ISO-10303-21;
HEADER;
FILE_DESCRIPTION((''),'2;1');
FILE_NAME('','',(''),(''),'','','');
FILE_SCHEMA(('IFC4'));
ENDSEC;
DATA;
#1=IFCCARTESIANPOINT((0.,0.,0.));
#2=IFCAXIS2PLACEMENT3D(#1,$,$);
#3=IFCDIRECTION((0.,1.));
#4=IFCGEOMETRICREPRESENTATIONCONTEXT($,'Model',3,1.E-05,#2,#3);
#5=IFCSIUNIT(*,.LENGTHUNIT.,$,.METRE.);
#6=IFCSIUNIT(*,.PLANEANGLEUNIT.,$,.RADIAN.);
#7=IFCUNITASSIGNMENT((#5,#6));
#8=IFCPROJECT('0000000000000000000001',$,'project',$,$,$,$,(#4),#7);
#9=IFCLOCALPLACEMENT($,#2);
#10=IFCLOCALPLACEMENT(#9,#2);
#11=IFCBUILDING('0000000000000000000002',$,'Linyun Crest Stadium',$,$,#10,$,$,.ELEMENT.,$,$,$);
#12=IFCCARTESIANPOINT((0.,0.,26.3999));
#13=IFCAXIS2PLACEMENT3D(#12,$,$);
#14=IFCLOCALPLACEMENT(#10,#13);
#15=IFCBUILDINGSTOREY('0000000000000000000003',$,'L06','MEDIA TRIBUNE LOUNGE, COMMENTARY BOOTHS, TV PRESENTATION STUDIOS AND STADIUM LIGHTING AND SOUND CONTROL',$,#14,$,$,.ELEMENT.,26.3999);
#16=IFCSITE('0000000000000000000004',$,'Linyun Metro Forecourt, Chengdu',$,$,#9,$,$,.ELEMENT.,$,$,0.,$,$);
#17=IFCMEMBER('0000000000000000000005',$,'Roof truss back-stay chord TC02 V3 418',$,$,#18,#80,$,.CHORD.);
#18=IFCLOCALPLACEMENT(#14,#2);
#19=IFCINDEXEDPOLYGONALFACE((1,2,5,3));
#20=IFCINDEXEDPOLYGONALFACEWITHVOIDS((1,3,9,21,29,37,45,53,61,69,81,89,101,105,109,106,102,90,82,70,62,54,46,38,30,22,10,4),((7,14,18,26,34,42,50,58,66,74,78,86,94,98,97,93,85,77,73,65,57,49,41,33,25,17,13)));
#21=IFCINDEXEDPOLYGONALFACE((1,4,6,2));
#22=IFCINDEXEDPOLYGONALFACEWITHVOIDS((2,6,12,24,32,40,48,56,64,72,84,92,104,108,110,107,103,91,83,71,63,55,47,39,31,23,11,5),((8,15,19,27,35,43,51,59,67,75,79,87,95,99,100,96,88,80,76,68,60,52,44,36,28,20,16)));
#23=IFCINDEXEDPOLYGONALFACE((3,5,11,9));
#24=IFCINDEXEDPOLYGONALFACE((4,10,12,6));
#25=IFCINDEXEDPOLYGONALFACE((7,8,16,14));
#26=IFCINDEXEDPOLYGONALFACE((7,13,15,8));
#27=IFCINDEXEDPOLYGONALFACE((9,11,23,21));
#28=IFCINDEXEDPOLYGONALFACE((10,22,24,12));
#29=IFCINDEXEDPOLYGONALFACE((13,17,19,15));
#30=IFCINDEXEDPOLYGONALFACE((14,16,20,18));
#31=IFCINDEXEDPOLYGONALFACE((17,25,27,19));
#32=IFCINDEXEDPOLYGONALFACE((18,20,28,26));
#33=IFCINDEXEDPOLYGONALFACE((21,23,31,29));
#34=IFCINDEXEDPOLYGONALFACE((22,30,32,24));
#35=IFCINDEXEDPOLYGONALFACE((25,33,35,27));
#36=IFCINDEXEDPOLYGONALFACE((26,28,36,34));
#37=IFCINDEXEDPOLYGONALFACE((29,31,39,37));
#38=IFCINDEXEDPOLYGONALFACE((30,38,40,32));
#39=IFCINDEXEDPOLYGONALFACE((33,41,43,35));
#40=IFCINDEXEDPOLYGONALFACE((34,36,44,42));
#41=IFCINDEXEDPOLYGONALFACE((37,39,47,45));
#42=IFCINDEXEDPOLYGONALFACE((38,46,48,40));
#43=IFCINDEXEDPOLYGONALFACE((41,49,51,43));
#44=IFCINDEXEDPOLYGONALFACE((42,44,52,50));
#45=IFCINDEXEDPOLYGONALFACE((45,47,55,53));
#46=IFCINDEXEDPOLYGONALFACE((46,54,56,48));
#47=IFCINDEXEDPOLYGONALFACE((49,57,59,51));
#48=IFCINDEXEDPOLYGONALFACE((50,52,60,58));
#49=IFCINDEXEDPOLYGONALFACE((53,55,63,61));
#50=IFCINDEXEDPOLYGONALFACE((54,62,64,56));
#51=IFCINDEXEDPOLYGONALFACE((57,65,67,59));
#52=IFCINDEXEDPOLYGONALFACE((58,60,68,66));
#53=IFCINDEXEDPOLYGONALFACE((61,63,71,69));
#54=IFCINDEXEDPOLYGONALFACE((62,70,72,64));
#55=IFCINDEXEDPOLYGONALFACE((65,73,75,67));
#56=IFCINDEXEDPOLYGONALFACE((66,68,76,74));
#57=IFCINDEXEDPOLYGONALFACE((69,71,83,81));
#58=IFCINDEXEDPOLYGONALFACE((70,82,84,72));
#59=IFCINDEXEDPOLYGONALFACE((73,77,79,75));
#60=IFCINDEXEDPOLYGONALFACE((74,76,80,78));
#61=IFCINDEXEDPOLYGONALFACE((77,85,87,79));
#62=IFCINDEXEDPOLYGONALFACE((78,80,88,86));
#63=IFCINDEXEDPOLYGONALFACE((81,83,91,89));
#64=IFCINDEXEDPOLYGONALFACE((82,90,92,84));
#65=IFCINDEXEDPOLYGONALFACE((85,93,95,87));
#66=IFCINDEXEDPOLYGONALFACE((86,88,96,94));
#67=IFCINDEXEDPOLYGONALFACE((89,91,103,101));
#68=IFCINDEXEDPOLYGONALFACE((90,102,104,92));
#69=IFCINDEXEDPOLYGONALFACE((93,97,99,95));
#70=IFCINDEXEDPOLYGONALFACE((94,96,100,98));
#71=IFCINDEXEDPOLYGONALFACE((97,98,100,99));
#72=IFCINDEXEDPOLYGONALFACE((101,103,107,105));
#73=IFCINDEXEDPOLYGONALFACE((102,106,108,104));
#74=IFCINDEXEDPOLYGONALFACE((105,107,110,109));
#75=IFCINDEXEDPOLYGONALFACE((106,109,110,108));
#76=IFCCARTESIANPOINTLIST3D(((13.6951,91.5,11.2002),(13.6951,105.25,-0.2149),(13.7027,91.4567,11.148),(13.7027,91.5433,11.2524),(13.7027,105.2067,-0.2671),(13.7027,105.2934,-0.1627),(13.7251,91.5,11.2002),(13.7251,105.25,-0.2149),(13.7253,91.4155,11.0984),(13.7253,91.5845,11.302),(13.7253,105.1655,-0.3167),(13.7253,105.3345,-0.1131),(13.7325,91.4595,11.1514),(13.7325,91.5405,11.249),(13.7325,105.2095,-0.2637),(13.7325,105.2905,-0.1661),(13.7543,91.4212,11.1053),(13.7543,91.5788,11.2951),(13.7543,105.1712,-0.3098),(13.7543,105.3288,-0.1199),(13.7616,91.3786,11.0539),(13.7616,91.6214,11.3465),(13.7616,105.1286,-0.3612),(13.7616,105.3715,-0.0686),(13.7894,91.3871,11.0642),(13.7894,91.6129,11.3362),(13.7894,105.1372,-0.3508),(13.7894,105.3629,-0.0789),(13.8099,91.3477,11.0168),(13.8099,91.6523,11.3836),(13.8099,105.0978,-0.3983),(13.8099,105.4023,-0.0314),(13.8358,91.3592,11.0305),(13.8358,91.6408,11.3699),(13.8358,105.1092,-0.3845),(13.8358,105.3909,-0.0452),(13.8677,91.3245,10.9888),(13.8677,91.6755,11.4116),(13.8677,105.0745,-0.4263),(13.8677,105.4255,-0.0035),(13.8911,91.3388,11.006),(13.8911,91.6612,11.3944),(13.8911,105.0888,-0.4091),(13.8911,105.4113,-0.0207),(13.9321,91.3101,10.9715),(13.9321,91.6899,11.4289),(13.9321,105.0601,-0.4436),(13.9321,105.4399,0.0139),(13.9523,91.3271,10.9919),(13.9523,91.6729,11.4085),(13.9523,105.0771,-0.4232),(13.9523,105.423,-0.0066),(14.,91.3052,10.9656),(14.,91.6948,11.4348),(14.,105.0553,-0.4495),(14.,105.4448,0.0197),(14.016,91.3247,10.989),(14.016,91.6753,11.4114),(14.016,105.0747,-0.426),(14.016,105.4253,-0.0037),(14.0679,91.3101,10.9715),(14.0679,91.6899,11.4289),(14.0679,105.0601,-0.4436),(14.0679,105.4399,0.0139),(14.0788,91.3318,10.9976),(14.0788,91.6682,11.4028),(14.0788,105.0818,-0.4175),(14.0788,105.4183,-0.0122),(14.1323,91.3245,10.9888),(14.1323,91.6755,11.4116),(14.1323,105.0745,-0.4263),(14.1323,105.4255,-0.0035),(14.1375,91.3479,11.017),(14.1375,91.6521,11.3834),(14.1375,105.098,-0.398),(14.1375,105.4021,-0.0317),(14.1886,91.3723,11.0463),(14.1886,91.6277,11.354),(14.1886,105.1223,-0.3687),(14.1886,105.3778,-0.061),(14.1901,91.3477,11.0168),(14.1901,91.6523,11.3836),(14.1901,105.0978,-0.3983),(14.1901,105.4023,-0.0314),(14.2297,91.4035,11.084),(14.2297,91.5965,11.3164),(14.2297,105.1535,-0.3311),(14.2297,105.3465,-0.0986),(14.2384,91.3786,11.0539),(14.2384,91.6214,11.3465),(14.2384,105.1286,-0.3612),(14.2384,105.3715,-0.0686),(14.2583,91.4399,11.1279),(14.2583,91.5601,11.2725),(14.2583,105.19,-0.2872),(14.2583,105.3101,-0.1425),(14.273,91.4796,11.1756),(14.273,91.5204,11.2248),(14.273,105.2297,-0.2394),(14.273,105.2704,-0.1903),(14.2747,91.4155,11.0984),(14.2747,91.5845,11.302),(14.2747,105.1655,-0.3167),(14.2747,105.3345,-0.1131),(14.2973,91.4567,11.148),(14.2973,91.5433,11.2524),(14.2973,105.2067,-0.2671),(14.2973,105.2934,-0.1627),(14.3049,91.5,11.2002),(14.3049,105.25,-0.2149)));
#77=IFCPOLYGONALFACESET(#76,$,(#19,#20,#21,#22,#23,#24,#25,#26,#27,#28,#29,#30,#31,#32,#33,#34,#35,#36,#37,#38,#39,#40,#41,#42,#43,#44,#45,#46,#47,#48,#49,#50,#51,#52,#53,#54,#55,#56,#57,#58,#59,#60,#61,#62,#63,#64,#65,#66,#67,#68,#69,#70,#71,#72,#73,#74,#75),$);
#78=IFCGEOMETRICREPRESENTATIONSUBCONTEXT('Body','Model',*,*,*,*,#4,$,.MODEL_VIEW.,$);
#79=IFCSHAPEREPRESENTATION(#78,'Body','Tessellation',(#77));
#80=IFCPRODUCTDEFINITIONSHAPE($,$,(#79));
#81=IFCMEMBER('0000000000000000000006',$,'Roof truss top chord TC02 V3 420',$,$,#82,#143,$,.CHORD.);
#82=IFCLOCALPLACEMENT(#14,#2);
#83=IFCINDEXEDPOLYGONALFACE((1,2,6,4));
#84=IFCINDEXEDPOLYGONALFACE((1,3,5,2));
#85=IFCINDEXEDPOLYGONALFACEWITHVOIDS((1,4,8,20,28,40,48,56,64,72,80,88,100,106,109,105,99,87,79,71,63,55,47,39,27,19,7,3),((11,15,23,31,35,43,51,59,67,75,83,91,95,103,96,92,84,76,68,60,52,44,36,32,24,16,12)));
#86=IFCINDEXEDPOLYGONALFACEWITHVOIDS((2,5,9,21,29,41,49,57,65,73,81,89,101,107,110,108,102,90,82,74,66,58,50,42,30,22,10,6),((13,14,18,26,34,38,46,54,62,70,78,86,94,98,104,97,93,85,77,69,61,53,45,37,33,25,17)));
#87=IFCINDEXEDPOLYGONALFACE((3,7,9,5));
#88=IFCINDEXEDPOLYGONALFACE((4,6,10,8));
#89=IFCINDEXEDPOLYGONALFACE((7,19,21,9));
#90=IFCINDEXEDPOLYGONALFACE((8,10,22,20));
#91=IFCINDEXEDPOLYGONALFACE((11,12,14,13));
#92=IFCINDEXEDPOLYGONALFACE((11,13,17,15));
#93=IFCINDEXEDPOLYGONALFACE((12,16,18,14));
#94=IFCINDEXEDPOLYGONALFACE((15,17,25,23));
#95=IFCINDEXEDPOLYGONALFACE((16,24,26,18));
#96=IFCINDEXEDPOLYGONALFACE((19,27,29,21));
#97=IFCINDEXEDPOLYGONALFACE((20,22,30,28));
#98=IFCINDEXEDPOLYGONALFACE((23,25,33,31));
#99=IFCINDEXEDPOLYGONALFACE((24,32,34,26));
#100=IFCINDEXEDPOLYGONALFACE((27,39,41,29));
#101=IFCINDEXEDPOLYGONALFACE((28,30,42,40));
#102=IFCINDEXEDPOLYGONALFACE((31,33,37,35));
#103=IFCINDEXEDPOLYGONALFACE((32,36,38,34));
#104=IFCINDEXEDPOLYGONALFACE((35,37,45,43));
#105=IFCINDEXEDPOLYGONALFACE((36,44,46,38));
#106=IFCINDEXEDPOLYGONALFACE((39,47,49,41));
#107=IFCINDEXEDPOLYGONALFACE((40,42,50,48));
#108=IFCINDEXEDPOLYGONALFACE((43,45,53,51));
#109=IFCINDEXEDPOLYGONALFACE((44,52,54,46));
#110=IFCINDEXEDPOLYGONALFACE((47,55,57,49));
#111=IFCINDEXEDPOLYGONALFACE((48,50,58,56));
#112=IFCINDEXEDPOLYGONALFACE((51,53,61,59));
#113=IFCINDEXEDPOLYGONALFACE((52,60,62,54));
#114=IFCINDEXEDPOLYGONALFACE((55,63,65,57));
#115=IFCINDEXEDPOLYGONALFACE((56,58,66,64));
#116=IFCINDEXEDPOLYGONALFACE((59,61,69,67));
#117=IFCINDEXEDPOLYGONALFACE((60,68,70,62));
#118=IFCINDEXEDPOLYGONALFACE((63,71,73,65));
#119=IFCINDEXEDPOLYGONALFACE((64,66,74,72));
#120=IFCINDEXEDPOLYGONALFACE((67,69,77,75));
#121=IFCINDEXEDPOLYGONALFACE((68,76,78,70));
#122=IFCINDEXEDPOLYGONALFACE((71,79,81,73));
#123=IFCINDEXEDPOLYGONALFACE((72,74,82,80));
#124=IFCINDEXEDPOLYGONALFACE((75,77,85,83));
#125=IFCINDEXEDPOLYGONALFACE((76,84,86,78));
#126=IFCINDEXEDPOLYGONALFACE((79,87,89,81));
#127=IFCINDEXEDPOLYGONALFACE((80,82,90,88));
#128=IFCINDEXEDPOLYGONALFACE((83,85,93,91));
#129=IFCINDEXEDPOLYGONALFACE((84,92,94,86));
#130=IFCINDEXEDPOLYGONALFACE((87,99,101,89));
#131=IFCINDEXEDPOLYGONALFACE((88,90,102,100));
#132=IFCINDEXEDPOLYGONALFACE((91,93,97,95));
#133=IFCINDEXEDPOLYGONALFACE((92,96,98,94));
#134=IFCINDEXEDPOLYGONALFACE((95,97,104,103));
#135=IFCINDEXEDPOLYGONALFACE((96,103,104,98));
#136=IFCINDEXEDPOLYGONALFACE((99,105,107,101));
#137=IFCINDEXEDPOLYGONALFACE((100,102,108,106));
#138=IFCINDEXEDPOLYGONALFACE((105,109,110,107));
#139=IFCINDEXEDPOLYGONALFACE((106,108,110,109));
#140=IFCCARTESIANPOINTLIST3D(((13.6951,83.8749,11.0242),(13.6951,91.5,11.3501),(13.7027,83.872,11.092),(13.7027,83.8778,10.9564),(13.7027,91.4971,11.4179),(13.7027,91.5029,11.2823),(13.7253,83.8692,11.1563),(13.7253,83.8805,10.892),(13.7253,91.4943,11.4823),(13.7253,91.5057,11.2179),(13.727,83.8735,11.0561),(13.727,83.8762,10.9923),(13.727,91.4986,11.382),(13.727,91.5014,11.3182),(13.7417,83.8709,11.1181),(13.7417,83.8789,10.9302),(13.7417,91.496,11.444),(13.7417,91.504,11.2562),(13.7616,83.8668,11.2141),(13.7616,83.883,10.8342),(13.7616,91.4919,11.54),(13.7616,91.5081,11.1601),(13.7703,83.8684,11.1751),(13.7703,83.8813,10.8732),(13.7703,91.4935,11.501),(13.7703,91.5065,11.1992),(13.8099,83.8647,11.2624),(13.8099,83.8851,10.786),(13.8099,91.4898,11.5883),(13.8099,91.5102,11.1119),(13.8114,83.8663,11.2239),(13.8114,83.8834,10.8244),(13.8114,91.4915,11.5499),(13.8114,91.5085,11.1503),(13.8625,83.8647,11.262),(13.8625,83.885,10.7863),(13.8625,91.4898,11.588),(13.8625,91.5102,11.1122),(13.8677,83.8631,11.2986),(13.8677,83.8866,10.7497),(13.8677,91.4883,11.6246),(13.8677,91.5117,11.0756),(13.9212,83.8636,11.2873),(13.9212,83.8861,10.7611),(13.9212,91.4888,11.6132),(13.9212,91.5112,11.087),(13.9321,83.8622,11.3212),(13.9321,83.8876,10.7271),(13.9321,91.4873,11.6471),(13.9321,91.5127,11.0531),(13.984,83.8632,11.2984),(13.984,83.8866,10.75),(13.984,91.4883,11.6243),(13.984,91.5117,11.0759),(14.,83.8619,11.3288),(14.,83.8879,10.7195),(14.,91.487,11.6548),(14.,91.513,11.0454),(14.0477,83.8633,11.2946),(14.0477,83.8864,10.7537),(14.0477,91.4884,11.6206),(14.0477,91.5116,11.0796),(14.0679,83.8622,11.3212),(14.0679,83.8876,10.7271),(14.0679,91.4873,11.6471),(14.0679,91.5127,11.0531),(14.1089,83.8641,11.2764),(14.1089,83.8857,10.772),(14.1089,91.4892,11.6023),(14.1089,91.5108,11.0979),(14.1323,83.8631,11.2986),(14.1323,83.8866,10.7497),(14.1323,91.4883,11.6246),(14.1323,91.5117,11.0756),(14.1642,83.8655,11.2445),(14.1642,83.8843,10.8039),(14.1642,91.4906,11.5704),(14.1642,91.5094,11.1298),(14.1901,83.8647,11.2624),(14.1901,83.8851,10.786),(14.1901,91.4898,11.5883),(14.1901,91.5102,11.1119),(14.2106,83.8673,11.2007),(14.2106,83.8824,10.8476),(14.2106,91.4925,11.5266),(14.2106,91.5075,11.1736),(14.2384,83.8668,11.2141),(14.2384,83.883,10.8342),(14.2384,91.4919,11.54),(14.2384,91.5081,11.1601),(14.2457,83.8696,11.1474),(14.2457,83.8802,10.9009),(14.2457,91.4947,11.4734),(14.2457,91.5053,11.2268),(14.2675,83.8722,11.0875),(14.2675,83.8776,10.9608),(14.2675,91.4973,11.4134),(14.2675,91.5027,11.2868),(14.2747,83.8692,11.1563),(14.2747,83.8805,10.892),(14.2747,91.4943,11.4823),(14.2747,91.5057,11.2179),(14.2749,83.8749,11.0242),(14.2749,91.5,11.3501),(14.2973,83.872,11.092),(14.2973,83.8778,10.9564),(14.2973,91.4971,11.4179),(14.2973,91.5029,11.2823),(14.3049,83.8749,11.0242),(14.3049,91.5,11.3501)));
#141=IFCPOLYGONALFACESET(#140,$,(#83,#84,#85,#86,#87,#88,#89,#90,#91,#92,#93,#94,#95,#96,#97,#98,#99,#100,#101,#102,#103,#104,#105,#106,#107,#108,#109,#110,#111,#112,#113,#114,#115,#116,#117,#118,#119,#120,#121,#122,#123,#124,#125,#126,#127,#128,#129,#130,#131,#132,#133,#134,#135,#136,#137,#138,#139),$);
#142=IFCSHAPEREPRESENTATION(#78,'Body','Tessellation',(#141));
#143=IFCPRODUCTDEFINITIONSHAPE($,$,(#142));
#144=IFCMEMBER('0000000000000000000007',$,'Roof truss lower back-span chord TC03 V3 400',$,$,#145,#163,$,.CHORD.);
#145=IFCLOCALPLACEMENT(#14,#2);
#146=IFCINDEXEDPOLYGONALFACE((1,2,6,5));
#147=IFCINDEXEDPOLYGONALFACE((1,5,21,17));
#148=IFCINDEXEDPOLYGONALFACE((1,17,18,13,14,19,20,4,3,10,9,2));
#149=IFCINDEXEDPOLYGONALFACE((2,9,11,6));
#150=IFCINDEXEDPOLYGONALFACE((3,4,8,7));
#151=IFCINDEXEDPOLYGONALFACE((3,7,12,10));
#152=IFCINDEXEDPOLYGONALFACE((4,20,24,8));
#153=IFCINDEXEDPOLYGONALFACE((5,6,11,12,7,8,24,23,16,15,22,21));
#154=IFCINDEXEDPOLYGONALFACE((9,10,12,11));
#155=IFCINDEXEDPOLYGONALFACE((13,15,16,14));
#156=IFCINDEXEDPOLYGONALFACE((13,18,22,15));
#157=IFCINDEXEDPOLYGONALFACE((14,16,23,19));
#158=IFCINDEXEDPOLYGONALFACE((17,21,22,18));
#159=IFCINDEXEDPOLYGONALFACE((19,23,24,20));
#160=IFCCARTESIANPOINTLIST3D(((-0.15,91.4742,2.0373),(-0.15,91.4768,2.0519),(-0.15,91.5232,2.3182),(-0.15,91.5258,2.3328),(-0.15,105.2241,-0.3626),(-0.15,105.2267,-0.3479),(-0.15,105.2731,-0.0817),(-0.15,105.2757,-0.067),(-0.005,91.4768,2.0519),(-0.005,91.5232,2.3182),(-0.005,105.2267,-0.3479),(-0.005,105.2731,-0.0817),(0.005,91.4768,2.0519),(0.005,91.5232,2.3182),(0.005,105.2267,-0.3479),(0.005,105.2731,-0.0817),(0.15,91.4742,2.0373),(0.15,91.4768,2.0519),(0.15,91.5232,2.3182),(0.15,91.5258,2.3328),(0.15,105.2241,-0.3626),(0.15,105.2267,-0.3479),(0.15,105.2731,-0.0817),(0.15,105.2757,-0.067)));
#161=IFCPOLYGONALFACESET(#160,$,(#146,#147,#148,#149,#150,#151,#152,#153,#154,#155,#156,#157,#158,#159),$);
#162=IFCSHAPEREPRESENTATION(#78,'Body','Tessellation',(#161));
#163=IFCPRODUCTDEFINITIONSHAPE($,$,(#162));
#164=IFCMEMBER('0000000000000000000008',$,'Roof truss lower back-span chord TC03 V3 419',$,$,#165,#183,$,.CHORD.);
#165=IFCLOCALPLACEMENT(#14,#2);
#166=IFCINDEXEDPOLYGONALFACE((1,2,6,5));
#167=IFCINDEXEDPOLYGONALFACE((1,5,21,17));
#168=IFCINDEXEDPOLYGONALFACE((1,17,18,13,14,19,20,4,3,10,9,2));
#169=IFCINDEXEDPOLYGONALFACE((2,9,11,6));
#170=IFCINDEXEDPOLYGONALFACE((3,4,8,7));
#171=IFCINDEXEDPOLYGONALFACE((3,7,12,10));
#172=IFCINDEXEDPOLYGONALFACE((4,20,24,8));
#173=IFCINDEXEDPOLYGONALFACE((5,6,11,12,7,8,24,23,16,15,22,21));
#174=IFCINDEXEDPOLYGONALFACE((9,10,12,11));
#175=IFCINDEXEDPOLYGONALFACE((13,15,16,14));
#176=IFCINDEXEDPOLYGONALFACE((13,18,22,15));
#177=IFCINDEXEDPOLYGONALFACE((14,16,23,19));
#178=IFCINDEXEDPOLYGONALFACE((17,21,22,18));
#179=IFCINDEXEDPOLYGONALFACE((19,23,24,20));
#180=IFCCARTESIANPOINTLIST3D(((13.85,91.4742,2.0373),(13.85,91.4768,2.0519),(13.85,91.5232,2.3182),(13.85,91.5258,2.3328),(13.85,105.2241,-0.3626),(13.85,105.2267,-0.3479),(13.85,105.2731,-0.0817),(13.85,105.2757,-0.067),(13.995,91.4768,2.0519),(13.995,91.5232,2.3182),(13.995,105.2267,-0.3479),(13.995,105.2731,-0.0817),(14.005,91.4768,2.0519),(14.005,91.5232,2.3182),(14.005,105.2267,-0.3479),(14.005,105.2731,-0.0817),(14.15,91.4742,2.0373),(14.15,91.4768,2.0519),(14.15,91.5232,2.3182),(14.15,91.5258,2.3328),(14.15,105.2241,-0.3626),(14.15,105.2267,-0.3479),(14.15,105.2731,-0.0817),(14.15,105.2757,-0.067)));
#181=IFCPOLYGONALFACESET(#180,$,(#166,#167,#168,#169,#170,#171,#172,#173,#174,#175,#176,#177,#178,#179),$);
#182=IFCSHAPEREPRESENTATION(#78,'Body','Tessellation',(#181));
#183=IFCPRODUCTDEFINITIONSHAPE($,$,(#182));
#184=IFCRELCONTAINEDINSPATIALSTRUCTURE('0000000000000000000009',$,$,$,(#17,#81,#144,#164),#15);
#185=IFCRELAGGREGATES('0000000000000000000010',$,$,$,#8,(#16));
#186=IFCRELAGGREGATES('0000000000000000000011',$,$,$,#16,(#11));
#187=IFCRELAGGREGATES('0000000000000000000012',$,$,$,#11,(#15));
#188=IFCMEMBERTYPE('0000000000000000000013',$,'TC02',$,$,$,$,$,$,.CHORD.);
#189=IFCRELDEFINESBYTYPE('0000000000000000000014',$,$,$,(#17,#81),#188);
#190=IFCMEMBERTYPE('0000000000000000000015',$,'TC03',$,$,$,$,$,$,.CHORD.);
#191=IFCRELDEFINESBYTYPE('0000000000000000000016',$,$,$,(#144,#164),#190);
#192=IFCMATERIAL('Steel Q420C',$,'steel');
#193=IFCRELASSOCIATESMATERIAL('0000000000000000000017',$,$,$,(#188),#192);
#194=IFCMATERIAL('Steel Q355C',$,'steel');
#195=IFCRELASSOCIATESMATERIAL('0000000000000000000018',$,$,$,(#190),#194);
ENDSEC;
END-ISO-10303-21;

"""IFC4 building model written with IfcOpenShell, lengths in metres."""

from ifc_helpers import new_model, si_unit, direction, frame, origin, origin_2d, place, context, subcontext, project, spatial, hollow_circle, i_section, extrude, material, material_profile, profile_set, type_object, element, save


model = new_model("IFC4")

# Units and contexts
model_context = context("Model", 3, precision=1e-05, world=origin(), true_north=direction((0.0, 1.0)))
body_context = subcontext(model_context, "Body", "Model", "MODEL_VIEW")
ifc_project = project(units=[si_unit("LENGTHUNIT", "METRE"), si_unit("PLANEANGLEUNIT", "RADIAN")], contexts=[model_context])

# Site, building, storey
site_placement = place(None, origin())
site = spatial("IfcSite", under=ifc_project, at=site_placement, Name="Linyun Metro Forecourt, Chengdu", CompositionType="ELEMENT", RefElevation=0.0)
building_placement = place(site_placement, origin())
building = spatial("IfcBuilding", under=site, at=building_placement, Name="Linyun Crest Stadium", CompositionType="ELEMENT")
storey_placement = place(building_placement, frame((0.0, 0.0, 26.3999)))
storey = spatial("IfcBuildingStorey", under=building, at=storey_placement, Name="L06", Description="MEDIA TRIBUNE LOUNGE, COMMENTARY BOOTHS, TV PRESENTATION STUDIOS AND STADIUM LIGHTING AND SOUND CONTROL", CompositionType="ELEMENT", Elevation=26.3999)

# Members
ifc_material_1 = material(Name="Steel Q420C", Category="steel")
ifc_material_profile_1 = material_profile(ifc_material_1, hollow_circle(Radius=0.3049, WallThickness=0.03, at=origin_2d()), Name="CHS 610x30")
ifc_profile_set_1 = profile_set([ifc_material_profile_1], Name="Steel Q420C")
member_type_1 = type_object("IfcMemberType", Name="TC02", PredefinedType="CHORD", material=ifc_profile_set_1)
member_1_placement = place(storey_placement, frame((14.0, 91.5, 11.2002), z_axis=(0.0, 0.769411, -0.638754), x_axis=(-1.0, 0.0, 0.0)))
element("IfcMember", 1, at=member_1_placement, inside=storey, type_object=member_type_1, Name="Roof truss back-stay chord TC02 V3 418", PredefinedType="CHORD", context=body_context, shape_type="SweptSolid", body=[
    extrude(hollow_circle(Radius=0.3049, WallThickness=0.03, at=origin_2d()), origin(), (0.0, 0.0, 1.0), 17.8708),
])
member_2_placement = place(storey_placement, frame((14.0, 91.5, 11.3501), z_axis=(0.0, -0.999088, -0.042706), x_axis=(1.0, 0.0, 0.0)))
element("IfcMember", 2, at=member_2_placement, inside=storey, type_object=member_type_1, Name="Roof truss top chord TC02 V3 420", PredefinedType="CHORD", context=body_context, shape_type="SweptSolid", body=[
    extrude(hollow_circle(Radius=0.3049, WallThickness=0.03, at=origin_2d()), origin(), (0.0, 0.0, 1.0), 7.6321),
])
ifc_material_2 = material(Name="Steel Q355C", Category="steel")
ifc_material_profile_2 = material_profile(ifc_material_2, i_section(OverallWidth=0.3, OverallDepth=0.3, WebThickness=0.01, FlangeThickness=0.0149, at=origin_2d()), Name="HW 300x300")
ifc_profile_set_2 = profile_set([ifc_material_profile_2], Name="Steel Q355C")
member_type_2 = type_object("IfcMemberType", Name="TC03", PredefinedType="CHORD", material=ifc_profile_set_2)
for number, where, z_axis, x_axis, name in (
    (3, (0.0, 91.5, 2.1851), (0.0, 0.985108, -0.171939), (-1.0, 0.0, 0.0), "Roof truss lower back-span chord TC03 V3 400"),
    (4, (14.0, 91.5, 2.1851), (0.0, 0.985108, -0.171939), (-1.0, 0.0, 0.0), "Roof truss lower back-span chord TC03 V3 419"),
):
    element("IfcMember", number, at=place(storey_placement, frame(where, z_axis=z_axis, x_axis=x_axis)), inside=storey, type_object=member_type_2, Name=name, PredefinedType="CHORD", context=body_context, shape_type="SweptSolid", body=[
        extrude(i_section(OverallWidth=0.3, OverallDepth=0.3, WebThickness=0.01, FlangeThickness=0.0149, at=origin_2d()), origin(), (0.0, 0.0, 1.0), 13.9578),
    ])

save(model, "model.ifc")
